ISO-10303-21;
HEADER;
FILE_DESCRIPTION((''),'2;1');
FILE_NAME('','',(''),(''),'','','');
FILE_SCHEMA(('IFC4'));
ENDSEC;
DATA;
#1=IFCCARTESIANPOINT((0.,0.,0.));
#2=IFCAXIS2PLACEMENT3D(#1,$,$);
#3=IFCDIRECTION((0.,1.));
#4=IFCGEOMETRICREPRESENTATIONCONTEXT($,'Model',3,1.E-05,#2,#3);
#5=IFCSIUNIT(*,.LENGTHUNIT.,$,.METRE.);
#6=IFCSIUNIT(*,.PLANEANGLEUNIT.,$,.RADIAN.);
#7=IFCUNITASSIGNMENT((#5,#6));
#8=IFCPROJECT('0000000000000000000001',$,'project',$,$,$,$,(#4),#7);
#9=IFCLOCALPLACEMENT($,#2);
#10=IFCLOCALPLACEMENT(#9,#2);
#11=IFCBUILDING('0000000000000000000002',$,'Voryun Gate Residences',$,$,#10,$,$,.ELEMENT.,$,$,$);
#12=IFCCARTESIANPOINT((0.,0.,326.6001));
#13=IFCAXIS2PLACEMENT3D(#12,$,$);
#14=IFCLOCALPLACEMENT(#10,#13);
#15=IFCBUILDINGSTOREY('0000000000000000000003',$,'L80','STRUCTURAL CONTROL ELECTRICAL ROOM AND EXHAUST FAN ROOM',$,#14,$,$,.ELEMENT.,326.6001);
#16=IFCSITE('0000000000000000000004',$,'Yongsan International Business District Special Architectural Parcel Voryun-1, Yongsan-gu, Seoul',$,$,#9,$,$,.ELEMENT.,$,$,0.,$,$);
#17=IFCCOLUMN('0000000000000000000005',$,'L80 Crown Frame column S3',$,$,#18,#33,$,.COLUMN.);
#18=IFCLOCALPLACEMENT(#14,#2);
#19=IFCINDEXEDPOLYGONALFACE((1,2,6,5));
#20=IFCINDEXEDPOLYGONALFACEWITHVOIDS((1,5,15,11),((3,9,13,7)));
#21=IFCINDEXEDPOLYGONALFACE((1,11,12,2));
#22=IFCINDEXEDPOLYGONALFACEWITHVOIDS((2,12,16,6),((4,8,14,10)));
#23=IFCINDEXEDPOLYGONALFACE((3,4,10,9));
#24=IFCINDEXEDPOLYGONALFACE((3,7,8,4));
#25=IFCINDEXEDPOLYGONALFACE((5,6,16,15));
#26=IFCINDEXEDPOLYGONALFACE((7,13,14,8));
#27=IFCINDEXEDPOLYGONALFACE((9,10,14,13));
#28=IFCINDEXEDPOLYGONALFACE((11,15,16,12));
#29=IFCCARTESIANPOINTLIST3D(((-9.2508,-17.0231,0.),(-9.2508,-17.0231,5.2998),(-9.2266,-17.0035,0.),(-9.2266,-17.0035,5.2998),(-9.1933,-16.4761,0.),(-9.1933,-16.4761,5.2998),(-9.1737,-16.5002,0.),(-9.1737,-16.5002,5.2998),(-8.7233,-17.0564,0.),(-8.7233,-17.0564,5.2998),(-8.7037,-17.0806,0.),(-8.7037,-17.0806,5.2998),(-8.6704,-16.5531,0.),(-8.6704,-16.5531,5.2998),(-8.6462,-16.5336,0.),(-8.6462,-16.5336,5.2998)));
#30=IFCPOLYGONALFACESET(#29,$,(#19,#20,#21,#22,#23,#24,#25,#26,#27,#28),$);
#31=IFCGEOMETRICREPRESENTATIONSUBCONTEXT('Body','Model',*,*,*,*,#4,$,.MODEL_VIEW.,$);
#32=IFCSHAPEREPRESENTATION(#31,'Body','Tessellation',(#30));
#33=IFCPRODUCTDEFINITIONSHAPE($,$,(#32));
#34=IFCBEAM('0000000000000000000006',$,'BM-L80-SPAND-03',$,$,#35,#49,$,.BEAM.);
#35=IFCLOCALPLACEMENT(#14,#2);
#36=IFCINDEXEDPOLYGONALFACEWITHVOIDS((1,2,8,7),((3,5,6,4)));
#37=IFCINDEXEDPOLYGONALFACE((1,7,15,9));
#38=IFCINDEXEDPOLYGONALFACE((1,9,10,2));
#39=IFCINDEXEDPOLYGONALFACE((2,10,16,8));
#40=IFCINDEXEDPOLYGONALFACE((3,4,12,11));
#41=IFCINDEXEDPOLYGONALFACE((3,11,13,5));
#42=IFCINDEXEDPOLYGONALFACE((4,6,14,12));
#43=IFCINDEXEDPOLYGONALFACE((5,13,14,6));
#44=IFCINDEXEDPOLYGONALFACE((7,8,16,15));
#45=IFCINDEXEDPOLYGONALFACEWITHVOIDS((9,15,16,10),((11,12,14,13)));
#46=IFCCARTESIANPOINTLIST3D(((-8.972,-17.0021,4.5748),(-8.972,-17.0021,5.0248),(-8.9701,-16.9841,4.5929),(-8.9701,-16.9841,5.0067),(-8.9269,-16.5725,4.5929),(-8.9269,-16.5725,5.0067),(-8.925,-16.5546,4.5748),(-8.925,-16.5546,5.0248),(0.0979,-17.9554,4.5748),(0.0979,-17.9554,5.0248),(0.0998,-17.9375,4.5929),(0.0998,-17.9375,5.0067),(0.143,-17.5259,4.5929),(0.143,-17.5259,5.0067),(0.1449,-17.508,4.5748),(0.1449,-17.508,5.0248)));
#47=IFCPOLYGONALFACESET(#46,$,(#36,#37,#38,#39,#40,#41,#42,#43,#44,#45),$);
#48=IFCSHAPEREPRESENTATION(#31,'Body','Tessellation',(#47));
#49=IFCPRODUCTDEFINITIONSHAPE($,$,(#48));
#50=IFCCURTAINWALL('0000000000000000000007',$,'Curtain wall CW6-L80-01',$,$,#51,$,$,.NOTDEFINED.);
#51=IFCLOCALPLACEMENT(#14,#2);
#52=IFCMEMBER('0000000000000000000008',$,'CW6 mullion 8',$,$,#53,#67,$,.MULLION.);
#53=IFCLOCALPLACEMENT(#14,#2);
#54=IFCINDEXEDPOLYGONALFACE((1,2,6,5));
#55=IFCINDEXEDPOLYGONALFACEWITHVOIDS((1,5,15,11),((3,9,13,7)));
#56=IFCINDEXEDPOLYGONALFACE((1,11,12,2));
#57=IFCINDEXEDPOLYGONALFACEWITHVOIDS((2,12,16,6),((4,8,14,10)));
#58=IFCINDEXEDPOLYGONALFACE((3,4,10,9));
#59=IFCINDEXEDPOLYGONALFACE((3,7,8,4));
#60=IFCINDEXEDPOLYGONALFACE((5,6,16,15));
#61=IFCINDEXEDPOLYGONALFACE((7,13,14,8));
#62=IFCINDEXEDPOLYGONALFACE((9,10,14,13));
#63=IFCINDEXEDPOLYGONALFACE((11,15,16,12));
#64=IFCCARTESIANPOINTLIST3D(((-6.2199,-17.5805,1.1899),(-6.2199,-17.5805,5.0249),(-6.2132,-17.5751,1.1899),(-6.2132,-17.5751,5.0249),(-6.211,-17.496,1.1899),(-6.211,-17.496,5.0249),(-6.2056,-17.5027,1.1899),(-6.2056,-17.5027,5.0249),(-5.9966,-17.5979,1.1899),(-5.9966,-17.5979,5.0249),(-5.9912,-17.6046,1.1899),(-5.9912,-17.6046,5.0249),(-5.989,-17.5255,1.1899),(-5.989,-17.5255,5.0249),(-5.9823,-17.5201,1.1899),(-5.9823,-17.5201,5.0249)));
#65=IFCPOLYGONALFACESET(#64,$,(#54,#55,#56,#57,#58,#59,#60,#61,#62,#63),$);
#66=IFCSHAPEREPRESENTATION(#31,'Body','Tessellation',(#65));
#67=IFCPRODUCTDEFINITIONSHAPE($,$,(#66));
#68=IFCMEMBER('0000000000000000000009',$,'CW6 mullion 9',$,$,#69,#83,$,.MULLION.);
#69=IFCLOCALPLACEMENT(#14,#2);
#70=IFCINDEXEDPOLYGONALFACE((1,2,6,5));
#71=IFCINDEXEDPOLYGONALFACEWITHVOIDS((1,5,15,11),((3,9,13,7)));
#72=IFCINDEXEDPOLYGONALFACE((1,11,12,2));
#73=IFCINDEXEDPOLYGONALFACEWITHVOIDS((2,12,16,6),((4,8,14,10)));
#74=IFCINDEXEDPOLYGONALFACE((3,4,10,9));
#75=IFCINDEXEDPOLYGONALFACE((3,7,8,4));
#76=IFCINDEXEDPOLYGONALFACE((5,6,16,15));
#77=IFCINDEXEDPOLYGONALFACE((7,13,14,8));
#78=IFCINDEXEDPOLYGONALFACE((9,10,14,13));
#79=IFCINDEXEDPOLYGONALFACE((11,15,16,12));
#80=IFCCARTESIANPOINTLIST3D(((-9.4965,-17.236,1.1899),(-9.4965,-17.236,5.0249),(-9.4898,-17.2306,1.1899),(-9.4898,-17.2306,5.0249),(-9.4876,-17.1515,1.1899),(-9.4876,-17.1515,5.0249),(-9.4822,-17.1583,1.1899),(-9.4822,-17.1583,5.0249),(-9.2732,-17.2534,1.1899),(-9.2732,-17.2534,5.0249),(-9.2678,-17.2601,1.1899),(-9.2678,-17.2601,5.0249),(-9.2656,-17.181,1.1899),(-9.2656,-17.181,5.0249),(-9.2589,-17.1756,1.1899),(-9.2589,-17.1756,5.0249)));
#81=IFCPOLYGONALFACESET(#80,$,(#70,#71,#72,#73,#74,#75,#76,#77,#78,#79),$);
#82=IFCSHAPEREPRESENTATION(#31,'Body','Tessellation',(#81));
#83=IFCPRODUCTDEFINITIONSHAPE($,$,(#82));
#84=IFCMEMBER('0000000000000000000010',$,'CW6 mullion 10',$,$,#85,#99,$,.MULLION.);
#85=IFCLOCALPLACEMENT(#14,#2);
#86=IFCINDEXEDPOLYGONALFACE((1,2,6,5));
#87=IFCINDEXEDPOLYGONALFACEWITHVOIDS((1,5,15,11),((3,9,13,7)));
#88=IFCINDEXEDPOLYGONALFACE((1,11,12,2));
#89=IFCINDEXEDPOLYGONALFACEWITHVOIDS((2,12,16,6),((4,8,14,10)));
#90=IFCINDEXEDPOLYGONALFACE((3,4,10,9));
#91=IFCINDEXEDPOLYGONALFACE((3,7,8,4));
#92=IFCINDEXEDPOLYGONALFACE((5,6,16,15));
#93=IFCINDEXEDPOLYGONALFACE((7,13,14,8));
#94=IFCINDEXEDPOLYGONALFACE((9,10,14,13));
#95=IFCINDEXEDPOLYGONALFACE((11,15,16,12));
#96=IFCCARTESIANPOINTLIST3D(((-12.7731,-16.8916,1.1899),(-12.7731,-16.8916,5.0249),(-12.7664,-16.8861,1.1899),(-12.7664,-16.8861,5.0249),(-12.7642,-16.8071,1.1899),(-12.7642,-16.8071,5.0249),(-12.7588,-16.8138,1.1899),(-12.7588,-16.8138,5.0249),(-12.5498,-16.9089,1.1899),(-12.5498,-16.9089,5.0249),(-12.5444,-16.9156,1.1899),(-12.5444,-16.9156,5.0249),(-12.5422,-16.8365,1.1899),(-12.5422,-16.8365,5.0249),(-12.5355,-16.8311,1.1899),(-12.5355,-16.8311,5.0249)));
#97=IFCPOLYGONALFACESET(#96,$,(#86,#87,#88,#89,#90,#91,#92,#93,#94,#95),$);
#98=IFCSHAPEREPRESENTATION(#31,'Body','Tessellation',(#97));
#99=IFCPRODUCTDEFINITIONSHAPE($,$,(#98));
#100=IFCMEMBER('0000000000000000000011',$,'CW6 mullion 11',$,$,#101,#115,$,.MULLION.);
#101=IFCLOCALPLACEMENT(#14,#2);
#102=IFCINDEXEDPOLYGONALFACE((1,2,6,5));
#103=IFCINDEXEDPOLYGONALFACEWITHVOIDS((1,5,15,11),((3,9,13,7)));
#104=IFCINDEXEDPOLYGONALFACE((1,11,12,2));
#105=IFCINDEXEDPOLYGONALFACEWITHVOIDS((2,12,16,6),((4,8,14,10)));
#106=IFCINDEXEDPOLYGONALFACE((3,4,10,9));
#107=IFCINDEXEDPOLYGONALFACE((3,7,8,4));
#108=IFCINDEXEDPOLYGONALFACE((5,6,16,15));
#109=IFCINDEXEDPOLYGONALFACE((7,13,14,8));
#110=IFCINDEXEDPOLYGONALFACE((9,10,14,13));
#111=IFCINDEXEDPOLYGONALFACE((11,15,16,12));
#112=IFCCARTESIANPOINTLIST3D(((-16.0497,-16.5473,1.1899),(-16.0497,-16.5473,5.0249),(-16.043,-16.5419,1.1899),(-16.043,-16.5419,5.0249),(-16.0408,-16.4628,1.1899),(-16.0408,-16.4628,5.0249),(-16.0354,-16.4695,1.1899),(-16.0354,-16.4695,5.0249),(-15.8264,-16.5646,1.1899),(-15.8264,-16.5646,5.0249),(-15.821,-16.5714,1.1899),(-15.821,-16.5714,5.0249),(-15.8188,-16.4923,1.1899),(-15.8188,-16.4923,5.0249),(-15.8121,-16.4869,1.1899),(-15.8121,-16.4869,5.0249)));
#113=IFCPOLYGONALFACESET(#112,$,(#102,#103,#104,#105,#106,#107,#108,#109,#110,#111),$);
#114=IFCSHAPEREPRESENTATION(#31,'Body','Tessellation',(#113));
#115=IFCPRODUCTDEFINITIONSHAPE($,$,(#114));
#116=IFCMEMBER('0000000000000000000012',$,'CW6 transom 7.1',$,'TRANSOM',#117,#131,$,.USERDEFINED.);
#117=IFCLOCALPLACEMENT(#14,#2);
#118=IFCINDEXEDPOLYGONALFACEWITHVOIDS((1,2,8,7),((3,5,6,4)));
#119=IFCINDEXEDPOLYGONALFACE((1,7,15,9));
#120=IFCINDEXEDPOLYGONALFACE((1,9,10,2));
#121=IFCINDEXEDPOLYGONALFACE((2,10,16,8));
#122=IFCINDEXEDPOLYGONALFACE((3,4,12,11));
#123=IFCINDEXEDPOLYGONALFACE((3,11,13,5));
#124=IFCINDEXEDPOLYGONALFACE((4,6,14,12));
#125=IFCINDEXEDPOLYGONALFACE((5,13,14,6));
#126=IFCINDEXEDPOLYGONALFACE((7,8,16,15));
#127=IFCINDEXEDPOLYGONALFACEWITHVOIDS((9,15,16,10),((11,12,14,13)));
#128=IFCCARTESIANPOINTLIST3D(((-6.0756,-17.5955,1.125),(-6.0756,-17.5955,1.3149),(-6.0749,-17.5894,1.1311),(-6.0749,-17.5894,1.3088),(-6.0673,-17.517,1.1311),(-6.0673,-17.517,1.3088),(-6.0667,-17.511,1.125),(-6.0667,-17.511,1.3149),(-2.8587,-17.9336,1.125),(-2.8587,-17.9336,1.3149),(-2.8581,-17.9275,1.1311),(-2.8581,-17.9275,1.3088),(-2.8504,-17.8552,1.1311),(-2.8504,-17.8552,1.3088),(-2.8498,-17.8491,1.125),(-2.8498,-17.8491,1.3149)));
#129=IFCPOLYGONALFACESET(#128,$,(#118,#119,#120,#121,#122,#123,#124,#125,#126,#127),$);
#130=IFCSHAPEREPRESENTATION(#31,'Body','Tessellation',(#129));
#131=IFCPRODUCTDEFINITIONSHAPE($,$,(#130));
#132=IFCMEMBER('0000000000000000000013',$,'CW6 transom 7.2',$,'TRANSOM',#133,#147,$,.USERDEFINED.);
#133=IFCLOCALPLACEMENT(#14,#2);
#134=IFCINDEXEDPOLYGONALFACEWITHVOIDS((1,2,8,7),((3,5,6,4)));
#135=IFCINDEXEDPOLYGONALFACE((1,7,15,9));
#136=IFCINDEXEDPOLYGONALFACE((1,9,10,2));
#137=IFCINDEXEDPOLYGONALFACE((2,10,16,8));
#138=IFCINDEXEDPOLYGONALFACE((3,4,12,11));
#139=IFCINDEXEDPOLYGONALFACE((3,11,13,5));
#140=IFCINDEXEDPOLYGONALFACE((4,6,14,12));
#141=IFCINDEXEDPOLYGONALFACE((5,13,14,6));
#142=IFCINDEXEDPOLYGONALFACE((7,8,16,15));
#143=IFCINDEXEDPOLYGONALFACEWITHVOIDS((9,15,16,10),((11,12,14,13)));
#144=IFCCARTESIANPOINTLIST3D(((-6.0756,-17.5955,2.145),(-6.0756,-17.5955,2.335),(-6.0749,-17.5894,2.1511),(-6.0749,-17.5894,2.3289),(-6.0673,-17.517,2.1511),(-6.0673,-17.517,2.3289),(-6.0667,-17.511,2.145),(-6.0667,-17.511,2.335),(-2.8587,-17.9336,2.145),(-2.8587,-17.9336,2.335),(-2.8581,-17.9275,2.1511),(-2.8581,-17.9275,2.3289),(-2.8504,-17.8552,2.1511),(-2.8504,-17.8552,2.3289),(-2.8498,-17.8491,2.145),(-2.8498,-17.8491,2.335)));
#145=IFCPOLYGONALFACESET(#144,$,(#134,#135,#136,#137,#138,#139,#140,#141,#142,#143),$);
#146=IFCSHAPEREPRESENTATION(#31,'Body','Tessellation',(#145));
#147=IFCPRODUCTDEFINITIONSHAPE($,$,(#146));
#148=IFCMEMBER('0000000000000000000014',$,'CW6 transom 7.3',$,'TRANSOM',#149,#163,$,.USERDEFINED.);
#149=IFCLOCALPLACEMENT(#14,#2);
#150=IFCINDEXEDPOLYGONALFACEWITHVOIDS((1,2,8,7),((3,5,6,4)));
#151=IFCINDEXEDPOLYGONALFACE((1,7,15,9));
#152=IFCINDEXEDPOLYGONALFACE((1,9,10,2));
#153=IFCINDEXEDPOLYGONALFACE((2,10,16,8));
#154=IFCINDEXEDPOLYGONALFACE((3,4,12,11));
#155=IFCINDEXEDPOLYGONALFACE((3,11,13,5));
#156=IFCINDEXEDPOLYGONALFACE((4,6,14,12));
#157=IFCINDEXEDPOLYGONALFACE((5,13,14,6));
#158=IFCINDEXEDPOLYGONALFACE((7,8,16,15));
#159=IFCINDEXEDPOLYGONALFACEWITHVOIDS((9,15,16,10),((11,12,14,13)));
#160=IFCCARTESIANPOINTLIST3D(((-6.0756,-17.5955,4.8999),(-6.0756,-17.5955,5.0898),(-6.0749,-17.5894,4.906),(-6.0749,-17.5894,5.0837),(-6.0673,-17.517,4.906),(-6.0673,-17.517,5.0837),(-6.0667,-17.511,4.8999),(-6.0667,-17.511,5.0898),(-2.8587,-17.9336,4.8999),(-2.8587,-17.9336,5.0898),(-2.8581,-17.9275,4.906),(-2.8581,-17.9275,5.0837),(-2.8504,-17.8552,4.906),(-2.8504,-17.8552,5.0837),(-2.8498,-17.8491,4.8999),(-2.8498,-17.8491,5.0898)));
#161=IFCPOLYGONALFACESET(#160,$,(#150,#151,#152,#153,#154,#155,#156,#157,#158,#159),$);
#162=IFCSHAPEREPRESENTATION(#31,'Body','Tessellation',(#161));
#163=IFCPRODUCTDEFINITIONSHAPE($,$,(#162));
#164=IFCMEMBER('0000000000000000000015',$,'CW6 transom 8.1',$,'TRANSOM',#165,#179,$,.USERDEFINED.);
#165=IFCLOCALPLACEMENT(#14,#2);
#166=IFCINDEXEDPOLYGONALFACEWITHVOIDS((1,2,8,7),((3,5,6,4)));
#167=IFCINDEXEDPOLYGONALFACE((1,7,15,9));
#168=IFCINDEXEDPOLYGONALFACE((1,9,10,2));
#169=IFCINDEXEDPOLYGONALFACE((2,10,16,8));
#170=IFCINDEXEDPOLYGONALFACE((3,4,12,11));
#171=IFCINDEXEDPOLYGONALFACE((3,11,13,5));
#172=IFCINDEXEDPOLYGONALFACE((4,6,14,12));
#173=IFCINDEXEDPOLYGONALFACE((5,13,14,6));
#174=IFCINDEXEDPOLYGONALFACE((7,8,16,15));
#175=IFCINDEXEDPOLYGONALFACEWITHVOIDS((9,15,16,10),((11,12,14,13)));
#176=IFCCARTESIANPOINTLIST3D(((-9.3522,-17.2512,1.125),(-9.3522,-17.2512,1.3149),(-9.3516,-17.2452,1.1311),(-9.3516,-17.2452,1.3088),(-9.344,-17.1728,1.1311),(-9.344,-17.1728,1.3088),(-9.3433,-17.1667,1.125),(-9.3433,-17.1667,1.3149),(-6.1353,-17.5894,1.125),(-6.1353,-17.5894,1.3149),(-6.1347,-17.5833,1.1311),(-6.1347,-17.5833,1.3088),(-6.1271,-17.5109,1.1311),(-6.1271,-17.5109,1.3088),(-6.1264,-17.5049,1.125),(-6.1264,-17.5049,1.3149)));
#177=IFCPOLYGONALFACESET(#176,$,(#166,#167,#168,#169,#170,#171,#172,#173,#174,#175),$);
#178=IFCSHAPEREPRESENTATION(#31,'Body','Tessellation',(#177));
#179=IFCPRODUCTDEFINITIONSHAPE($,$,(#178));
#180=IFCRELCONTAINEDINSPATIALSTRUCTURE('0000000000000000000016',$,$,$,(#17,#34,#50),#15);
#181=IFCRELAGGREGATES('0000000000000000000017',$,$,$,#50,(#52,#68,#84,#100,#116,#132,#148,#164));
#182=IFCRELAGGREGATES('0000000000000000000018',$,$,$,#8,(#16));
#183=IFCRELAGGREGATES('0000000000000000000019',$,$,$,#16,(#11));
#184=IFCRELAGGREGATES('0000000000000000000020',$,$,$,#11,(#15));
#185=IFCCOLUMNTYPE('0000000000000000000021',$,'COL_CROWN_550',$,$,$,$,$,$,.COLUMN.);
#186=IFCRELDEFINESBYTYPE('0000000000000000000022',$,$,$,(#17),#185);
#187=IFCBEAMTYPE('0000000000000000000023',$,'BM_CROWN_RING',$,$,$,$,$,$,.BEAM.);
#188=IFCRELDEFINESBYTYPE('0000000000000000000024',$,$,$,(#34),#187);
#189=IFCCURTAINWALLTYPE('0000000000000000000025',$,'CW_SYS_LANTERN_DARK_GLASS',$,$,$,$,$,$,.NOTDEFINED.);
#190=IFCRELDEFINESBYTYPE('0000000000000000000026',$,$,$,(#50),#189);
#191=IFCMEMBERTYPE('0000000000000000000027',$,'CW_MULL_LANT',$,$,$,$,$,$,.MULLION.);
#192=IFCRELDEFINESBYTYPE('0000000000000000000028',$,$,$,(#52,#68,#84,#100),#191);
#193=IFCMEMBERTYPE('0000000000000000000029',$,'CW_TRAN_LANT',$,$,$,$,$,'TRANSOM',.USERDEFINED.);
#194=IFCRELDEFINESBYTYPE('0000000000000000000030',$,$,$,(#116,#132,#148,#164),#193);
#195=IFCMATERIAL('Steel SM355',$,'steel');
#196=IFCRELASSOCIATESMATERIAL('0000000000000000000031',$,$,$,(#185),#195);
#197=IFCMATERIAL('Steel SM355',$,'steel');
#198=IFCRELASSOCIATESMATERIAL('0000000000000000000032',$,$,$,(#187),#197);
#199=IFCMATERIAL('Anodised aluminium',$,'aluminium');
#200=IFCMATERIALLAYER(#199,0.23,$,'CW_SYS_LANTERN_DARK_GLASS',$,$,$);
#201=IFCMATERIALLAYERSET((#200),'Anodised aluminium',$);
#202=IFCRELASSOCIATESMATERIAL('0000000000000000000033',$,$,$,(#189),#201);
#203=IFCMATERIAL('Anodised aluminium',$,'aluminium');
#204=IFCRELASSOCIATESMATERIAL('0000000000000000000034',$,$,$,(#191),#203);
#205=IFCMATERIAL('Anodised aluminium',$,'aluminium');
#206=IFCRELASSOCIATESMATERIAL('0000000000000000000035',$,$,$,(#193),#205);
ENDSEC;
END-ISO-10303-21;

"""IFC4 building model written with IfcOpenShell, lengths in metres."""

from ifc_helpers import new_model, si_unit, direction, frame, origin, origin_2d, place, context, subcontext, project, spatial, hollow_rectangle, extrude, material, layer, layer_set, material_profile, profile_set, type_object, element, aggregate, save


model = new_model("IFC4")

# Units and contexts
model_context = context("Model", 3, precision=1e-05, world=origin(), true_north=direction((0.0, 1.0)))
body_context = subcontext(model_context, "Body", "Model", "MODEL_VIEW")
ifc_project = project(units=[si_unit("LENGTHUNIT", "METRE"), si_unit("PLANEANGLEUNIT", "RADIAN")], contexts=[model_context])

# Site, building, storey
site_placement = place(None, origin())
site = spatial("IfcSite", under=ifc_project, at=site_placement, Name="Yongsan International Business District Special Architectural Parcel Voryun-1, Yongsan-gu, Seoul", CompositionType="ELEMENT", RefElevation=0.0)
building_placement = place(site_placement, origin())
building = spatial("IfcBuilding", under=site, at=building_placement, Name="Voryun Gate Residences", CompositionType="ELEMENT")
storey_placement = place(building_placement, frame((0.0, 0.0, 326.6001)))
storey = spatial("IfcBuildingStorey", under=building, at=storey_placement, Name="L80", Description="STRUCTURAL CONTROL ELECTRICAL ROOM AND EXHAUST FAN ROOM", CompositionType="ELEMENT", Elevation=326.6001)

# Column
ifc_material_1 = material(Name="Steel SM355", Category="steel")
ifc_material_profile_1 = material_profile(ifc_material_1, hollow_rectangle(XDim=0.55, YDim=0.55, WallThickness=0.022, at=origin_2d()), Name="BOX-550x550x22")
ifc_profile_set_1 = profile_set([ifc_material_profile_1], Name="Steel SM355")
column_type = type_object("IfcColumnType", Name="COL_CROWN_550", PredefinedType="COLUMN", material=ifc_profile_set_1)
column_placement = place(storey_placement, frame((-8.9485, -16.7783, 0.0), z_axis=(0.0, 0.0, 1.0), x_axis=(0.994522, -0.104528, 0.0)))
element("IfcColumn", 1, at=column_placement, inside=storey, type_object=column_type, Name="L80 Crown Frame column S3", PredefinedType="COLUMN", context=body_context, shape_type="SweptSolid", body=[
    extrude(hollow_rectangle(XDim=0.55, YDim=0.55, WallThickness=0.022, at=origin_2d()), origin(), (0.0, 0.0, 1.0), 5.2998),
])

# Beam
ifc_material_2 = material(Name="Steel SM355", Category="steel")
ifc_material_profile_2 = material_profile(ifc_material_2, hollow_rectangle(XDim=0.45, YDim=0.45, WallThickness=0.0181, at=origin_2d()), Name="BOX-450x450x18")
ifc_profile_set_2 = profile_set([ifc_material_profile_2], Name="Steel SM355")
beam_type = type_object("IfcBeamType", Name="BM_CROWN_RING", PredefinedType="BEAM", material=ifc_profile_set_2)
beam_placement = place(storey_placement, frame((-8.9485, -16.7783, 4.7998), z_axis=(0.994521, -0.104538, 0.0), x_axis=(0.104538, 0.994521, 0.0)))
element("IfcBeam", 2, at=beam_placement, inside=storey, type_object=beam_type, Name="BM-L80-SPAND-03", PredefinedType="BEAM", context=body_context, shape_type="SweptSolid", body=[
    extrude(hollow_rectangle(XDim=0.45, YDim=0.45, WallThickness=0.0181, at=origin_2d()), origin(), (0.0, 0.0, 1.0), 9.1199),
])

# Curtain wall, members
ifc_material_3 = material(Name="Anodised aluminium", Category="aluminium")
ifc_layer_1 = layer(ifc_material_3, 0.23, Name="CW_SYS_LANTERN_DARK_GLASS")
ifc_layer_set_1 = layer_set([ifc_layer_1], Name="Anodised aluminium")
curtain_wall_type = type_object("IfcCurtainWallType", Name="CW_SYS_LANTERN_DARK_GLASS", PredefinedType="NOTDEFINED", material=ifc_layer_set_1)
curtain_wall_placement = place(storey_placement, origin())
curtain_wall = element("IfcCurtainWall", 3, at=curtain_wall_placement, inside=storey, type_object=curtain_wall_type, Name="Curtain wall CW6-L80-01", PredefinedType="NOTDEFINED")
ifc_material_4 = material(Name="Anodised aluminium", Category="aluminium")
ifc_material_profile_3 = material_profile(ifc_material_4, hollow_rectangle(XDim=0.085, YDim=0.23, WallThickness=0.0061, at=origin_2d()), Name="ALU-MULL-230x85x6")
ifc_profile_set_3 = profile_set([ifc_material_profile_3], Name="Anodised aluminium")
member_type_1 = type_object("IfcMemberType", Name="CW_MULL_LANT", PredefinedType="MULLION", material=ifc_profile_set_3)
member_1_placement = place(storey_placement, frame((-6.1011, -17.5503, 1.1899), z_axis=(0.0, 0.0, 1.0), x_axis=(-0.104528, -0.994522, 0.0)))
member_1 = element("IfcMember", 4, at=member_1_placement, type_object=member_type_1, Name="CW6 mullion 8", PredefinedType="MULLION", context=body_context, shape_type="SweptSolid", body=[
    extrude(hollow_rectangle(XDim=0.085, YDim=0.23, WallThickness=0.0061, at=origin_2d()), origin(), (0.0, 0.0, 1.0), 3.835),
])
member_2_placement = place(storey_placement, frame((-9.3777, -17.2058, 1.1899), z_axis=(0.0, 0.0, 1.0), x_axis=(-0.104528, -0.994522, 0.0)))
member_2 = element("IfcMember", 5, at=member_2_placement, type_object=member_type_1, Name="CW6 mullion 9", PredefinedType="MULLION", context=body_context, shape_type="SweptSolid", body=[
    extrude(hollow_rectangle(XDim=0.085, YDim=0.23, WallThickness=0.0061, at=origin_2d()), origin(), (0.0, 0.0, 1.0), 3.835),
])
member_3_placement = place(storey_placement, frame((-12.6543, -16.8613, 1.1899), z_axis=(0.0, 0.0, 1.0), x_axis=(-0.104528, -0.994522, 0.0)))
member_3 = element("IfcMember", 6, at=member_3_placement, type_object=member_type_1, Name="CW6 mullion 10", PredefinedType="MULLION", context=body_context, shape_type="SweptSolid", body=[
    extrude(hollow_rectangle(XDim=0.085, YDim=0.23, WallThickness=0.0061, at=origin_2d()), origin(), (0.0, 0.0, 1.0), 3.835),
])
member_4_placement = place(storey_placement, frame((-15.9309, -16.5171, 1.1899), z_axis=(0.0, 0.0, 1.0), x_axis=(-0.104528, -0.994522, 0.0)))
member_4 = element("IfcMember", 7, at=member_4_placement, type_object=member_type_1, Name="CW6 mullion 11", PredefinedType="MULLION", context=body_context, shape_type="SweptSolid", body=[
    extrude(hollow_rectangle(XDim=0.085, YDim=0.23, WallThickness=0.0061, at=origin_2d()), origin(), (0.0, 0.0, 1.0), 3.835),
])
ifc_material_5 = material(Name="Anodised aluminium", Category="aluminium")
ifc_material_profile_4 = material_profile(ifc_material_5, hollow_rectangle(XDim=0.085, YDim=0.1899, WallThickness=0.0061, at=origin_2d()), Name="ALU-TRAN-190x85x6")
ifc_profile_set_4 = profile_set([ifc_material_profile_4], Name="Anodised aluminium")
member_type_2 = type_object("IfcMemberType", Name="CW_TRAN_LANT", ElementType="TRANSOM", PredefinedType="USERDEFINED", material=ifc_profile_set_4)
member_5_placement = place(storey_placement, frame((-2.8542, -17.8914, 1.22), z_axis=(-0.994521, 0.104539, 0.0), x_axis=(-0.104539, -0.994521, 0.0)))
member_5 = element("IfcMember", 8, at=member_5_placement, type_object=member_type_2, Name="CW6 transom 7.1", ObjectType="TRANSOM", PredefinedType="USERDEFINED", context=body_context, shape_type="SweptSolid", body=[
    extrude(hollow_rectangle(XDim=0.085, YDim=0.1899, WallThickness=0.0061, at=origin_2d()), origin(), (0.0, 0.0, 1.0), 3.2346),
])
member_6_placement = place(storey_placement, frame((-2.8542, -17.8914, 2.24), z_axis=(-0.994521, 0.104539, 0.0), x_axis=(-0.104539, -0.994521, 0.0)))
member_6 = element("IfcMember", 9, at=member_6_placement, type_object=member_type_2, Name="CW6 transom 7.2", ObjectType="TRANSOM", PredefinedType="USERDEFINED", context=body_context, shape_type="SweptSolid", body=[
    extrude(hollow_rectangle(XDim=0.085, YDim=0.1899, WallThickness=0.0061, at=origin_2d()), origin(), (0.0, 0.0, 1.0), 3.2346),
])
member_7_placement = place(storey_placement, frame((-2.8542, -17.8914, 4.9949), z_axis=(-0.994521, 0.104539, 0.0), x_axis=(-0.104539, -0.994521, 0.0)))
member_7 = element("IfcMember", 10, at=member_7_placement, type_object=member_type_2, Name="CW6 transom 7.3", ObjectType="TRANSOM", PredefinedType="USERDEFINED", context=body_context, shape_type="SweptSolid", body=[
    extrude(hollow_rectangle(XDim=0.085, YDim=0.1899, WallThickness=0.0061, at=origin_2d()), origin(), (0.0, 0.0, 1.0), 3.2346),
])
member_8_placement = place(storey_placement, frame((-6.1309, -17.5471, 1.22), z_axis=(-0.994521, 0.104539, 0.0), x_axis=(-0.104539, -0.994521, 0.0)))
member_8 = element("IfcMember", 11, at=member_8_placement, type_object=member_type_2, Name="CW6 transom 8.1", ObjectType="TRANSOM", PredefinedType="USERDEFINED", context=body_context, shape_type="SweptSolid", body=[
    extrude(hollow_rectangle(XDim=0.085, YDim=0.1899, WallThickness=0.0061, at=origin_2d()), origin(), (0.0, 0.0, 1.0), 3.2346),
])

aggregate(curtain_wall, [member_1, member_2, member_3, member_4, member_5, member_6, member_7, member_8])

save(model, "model.ifc")
